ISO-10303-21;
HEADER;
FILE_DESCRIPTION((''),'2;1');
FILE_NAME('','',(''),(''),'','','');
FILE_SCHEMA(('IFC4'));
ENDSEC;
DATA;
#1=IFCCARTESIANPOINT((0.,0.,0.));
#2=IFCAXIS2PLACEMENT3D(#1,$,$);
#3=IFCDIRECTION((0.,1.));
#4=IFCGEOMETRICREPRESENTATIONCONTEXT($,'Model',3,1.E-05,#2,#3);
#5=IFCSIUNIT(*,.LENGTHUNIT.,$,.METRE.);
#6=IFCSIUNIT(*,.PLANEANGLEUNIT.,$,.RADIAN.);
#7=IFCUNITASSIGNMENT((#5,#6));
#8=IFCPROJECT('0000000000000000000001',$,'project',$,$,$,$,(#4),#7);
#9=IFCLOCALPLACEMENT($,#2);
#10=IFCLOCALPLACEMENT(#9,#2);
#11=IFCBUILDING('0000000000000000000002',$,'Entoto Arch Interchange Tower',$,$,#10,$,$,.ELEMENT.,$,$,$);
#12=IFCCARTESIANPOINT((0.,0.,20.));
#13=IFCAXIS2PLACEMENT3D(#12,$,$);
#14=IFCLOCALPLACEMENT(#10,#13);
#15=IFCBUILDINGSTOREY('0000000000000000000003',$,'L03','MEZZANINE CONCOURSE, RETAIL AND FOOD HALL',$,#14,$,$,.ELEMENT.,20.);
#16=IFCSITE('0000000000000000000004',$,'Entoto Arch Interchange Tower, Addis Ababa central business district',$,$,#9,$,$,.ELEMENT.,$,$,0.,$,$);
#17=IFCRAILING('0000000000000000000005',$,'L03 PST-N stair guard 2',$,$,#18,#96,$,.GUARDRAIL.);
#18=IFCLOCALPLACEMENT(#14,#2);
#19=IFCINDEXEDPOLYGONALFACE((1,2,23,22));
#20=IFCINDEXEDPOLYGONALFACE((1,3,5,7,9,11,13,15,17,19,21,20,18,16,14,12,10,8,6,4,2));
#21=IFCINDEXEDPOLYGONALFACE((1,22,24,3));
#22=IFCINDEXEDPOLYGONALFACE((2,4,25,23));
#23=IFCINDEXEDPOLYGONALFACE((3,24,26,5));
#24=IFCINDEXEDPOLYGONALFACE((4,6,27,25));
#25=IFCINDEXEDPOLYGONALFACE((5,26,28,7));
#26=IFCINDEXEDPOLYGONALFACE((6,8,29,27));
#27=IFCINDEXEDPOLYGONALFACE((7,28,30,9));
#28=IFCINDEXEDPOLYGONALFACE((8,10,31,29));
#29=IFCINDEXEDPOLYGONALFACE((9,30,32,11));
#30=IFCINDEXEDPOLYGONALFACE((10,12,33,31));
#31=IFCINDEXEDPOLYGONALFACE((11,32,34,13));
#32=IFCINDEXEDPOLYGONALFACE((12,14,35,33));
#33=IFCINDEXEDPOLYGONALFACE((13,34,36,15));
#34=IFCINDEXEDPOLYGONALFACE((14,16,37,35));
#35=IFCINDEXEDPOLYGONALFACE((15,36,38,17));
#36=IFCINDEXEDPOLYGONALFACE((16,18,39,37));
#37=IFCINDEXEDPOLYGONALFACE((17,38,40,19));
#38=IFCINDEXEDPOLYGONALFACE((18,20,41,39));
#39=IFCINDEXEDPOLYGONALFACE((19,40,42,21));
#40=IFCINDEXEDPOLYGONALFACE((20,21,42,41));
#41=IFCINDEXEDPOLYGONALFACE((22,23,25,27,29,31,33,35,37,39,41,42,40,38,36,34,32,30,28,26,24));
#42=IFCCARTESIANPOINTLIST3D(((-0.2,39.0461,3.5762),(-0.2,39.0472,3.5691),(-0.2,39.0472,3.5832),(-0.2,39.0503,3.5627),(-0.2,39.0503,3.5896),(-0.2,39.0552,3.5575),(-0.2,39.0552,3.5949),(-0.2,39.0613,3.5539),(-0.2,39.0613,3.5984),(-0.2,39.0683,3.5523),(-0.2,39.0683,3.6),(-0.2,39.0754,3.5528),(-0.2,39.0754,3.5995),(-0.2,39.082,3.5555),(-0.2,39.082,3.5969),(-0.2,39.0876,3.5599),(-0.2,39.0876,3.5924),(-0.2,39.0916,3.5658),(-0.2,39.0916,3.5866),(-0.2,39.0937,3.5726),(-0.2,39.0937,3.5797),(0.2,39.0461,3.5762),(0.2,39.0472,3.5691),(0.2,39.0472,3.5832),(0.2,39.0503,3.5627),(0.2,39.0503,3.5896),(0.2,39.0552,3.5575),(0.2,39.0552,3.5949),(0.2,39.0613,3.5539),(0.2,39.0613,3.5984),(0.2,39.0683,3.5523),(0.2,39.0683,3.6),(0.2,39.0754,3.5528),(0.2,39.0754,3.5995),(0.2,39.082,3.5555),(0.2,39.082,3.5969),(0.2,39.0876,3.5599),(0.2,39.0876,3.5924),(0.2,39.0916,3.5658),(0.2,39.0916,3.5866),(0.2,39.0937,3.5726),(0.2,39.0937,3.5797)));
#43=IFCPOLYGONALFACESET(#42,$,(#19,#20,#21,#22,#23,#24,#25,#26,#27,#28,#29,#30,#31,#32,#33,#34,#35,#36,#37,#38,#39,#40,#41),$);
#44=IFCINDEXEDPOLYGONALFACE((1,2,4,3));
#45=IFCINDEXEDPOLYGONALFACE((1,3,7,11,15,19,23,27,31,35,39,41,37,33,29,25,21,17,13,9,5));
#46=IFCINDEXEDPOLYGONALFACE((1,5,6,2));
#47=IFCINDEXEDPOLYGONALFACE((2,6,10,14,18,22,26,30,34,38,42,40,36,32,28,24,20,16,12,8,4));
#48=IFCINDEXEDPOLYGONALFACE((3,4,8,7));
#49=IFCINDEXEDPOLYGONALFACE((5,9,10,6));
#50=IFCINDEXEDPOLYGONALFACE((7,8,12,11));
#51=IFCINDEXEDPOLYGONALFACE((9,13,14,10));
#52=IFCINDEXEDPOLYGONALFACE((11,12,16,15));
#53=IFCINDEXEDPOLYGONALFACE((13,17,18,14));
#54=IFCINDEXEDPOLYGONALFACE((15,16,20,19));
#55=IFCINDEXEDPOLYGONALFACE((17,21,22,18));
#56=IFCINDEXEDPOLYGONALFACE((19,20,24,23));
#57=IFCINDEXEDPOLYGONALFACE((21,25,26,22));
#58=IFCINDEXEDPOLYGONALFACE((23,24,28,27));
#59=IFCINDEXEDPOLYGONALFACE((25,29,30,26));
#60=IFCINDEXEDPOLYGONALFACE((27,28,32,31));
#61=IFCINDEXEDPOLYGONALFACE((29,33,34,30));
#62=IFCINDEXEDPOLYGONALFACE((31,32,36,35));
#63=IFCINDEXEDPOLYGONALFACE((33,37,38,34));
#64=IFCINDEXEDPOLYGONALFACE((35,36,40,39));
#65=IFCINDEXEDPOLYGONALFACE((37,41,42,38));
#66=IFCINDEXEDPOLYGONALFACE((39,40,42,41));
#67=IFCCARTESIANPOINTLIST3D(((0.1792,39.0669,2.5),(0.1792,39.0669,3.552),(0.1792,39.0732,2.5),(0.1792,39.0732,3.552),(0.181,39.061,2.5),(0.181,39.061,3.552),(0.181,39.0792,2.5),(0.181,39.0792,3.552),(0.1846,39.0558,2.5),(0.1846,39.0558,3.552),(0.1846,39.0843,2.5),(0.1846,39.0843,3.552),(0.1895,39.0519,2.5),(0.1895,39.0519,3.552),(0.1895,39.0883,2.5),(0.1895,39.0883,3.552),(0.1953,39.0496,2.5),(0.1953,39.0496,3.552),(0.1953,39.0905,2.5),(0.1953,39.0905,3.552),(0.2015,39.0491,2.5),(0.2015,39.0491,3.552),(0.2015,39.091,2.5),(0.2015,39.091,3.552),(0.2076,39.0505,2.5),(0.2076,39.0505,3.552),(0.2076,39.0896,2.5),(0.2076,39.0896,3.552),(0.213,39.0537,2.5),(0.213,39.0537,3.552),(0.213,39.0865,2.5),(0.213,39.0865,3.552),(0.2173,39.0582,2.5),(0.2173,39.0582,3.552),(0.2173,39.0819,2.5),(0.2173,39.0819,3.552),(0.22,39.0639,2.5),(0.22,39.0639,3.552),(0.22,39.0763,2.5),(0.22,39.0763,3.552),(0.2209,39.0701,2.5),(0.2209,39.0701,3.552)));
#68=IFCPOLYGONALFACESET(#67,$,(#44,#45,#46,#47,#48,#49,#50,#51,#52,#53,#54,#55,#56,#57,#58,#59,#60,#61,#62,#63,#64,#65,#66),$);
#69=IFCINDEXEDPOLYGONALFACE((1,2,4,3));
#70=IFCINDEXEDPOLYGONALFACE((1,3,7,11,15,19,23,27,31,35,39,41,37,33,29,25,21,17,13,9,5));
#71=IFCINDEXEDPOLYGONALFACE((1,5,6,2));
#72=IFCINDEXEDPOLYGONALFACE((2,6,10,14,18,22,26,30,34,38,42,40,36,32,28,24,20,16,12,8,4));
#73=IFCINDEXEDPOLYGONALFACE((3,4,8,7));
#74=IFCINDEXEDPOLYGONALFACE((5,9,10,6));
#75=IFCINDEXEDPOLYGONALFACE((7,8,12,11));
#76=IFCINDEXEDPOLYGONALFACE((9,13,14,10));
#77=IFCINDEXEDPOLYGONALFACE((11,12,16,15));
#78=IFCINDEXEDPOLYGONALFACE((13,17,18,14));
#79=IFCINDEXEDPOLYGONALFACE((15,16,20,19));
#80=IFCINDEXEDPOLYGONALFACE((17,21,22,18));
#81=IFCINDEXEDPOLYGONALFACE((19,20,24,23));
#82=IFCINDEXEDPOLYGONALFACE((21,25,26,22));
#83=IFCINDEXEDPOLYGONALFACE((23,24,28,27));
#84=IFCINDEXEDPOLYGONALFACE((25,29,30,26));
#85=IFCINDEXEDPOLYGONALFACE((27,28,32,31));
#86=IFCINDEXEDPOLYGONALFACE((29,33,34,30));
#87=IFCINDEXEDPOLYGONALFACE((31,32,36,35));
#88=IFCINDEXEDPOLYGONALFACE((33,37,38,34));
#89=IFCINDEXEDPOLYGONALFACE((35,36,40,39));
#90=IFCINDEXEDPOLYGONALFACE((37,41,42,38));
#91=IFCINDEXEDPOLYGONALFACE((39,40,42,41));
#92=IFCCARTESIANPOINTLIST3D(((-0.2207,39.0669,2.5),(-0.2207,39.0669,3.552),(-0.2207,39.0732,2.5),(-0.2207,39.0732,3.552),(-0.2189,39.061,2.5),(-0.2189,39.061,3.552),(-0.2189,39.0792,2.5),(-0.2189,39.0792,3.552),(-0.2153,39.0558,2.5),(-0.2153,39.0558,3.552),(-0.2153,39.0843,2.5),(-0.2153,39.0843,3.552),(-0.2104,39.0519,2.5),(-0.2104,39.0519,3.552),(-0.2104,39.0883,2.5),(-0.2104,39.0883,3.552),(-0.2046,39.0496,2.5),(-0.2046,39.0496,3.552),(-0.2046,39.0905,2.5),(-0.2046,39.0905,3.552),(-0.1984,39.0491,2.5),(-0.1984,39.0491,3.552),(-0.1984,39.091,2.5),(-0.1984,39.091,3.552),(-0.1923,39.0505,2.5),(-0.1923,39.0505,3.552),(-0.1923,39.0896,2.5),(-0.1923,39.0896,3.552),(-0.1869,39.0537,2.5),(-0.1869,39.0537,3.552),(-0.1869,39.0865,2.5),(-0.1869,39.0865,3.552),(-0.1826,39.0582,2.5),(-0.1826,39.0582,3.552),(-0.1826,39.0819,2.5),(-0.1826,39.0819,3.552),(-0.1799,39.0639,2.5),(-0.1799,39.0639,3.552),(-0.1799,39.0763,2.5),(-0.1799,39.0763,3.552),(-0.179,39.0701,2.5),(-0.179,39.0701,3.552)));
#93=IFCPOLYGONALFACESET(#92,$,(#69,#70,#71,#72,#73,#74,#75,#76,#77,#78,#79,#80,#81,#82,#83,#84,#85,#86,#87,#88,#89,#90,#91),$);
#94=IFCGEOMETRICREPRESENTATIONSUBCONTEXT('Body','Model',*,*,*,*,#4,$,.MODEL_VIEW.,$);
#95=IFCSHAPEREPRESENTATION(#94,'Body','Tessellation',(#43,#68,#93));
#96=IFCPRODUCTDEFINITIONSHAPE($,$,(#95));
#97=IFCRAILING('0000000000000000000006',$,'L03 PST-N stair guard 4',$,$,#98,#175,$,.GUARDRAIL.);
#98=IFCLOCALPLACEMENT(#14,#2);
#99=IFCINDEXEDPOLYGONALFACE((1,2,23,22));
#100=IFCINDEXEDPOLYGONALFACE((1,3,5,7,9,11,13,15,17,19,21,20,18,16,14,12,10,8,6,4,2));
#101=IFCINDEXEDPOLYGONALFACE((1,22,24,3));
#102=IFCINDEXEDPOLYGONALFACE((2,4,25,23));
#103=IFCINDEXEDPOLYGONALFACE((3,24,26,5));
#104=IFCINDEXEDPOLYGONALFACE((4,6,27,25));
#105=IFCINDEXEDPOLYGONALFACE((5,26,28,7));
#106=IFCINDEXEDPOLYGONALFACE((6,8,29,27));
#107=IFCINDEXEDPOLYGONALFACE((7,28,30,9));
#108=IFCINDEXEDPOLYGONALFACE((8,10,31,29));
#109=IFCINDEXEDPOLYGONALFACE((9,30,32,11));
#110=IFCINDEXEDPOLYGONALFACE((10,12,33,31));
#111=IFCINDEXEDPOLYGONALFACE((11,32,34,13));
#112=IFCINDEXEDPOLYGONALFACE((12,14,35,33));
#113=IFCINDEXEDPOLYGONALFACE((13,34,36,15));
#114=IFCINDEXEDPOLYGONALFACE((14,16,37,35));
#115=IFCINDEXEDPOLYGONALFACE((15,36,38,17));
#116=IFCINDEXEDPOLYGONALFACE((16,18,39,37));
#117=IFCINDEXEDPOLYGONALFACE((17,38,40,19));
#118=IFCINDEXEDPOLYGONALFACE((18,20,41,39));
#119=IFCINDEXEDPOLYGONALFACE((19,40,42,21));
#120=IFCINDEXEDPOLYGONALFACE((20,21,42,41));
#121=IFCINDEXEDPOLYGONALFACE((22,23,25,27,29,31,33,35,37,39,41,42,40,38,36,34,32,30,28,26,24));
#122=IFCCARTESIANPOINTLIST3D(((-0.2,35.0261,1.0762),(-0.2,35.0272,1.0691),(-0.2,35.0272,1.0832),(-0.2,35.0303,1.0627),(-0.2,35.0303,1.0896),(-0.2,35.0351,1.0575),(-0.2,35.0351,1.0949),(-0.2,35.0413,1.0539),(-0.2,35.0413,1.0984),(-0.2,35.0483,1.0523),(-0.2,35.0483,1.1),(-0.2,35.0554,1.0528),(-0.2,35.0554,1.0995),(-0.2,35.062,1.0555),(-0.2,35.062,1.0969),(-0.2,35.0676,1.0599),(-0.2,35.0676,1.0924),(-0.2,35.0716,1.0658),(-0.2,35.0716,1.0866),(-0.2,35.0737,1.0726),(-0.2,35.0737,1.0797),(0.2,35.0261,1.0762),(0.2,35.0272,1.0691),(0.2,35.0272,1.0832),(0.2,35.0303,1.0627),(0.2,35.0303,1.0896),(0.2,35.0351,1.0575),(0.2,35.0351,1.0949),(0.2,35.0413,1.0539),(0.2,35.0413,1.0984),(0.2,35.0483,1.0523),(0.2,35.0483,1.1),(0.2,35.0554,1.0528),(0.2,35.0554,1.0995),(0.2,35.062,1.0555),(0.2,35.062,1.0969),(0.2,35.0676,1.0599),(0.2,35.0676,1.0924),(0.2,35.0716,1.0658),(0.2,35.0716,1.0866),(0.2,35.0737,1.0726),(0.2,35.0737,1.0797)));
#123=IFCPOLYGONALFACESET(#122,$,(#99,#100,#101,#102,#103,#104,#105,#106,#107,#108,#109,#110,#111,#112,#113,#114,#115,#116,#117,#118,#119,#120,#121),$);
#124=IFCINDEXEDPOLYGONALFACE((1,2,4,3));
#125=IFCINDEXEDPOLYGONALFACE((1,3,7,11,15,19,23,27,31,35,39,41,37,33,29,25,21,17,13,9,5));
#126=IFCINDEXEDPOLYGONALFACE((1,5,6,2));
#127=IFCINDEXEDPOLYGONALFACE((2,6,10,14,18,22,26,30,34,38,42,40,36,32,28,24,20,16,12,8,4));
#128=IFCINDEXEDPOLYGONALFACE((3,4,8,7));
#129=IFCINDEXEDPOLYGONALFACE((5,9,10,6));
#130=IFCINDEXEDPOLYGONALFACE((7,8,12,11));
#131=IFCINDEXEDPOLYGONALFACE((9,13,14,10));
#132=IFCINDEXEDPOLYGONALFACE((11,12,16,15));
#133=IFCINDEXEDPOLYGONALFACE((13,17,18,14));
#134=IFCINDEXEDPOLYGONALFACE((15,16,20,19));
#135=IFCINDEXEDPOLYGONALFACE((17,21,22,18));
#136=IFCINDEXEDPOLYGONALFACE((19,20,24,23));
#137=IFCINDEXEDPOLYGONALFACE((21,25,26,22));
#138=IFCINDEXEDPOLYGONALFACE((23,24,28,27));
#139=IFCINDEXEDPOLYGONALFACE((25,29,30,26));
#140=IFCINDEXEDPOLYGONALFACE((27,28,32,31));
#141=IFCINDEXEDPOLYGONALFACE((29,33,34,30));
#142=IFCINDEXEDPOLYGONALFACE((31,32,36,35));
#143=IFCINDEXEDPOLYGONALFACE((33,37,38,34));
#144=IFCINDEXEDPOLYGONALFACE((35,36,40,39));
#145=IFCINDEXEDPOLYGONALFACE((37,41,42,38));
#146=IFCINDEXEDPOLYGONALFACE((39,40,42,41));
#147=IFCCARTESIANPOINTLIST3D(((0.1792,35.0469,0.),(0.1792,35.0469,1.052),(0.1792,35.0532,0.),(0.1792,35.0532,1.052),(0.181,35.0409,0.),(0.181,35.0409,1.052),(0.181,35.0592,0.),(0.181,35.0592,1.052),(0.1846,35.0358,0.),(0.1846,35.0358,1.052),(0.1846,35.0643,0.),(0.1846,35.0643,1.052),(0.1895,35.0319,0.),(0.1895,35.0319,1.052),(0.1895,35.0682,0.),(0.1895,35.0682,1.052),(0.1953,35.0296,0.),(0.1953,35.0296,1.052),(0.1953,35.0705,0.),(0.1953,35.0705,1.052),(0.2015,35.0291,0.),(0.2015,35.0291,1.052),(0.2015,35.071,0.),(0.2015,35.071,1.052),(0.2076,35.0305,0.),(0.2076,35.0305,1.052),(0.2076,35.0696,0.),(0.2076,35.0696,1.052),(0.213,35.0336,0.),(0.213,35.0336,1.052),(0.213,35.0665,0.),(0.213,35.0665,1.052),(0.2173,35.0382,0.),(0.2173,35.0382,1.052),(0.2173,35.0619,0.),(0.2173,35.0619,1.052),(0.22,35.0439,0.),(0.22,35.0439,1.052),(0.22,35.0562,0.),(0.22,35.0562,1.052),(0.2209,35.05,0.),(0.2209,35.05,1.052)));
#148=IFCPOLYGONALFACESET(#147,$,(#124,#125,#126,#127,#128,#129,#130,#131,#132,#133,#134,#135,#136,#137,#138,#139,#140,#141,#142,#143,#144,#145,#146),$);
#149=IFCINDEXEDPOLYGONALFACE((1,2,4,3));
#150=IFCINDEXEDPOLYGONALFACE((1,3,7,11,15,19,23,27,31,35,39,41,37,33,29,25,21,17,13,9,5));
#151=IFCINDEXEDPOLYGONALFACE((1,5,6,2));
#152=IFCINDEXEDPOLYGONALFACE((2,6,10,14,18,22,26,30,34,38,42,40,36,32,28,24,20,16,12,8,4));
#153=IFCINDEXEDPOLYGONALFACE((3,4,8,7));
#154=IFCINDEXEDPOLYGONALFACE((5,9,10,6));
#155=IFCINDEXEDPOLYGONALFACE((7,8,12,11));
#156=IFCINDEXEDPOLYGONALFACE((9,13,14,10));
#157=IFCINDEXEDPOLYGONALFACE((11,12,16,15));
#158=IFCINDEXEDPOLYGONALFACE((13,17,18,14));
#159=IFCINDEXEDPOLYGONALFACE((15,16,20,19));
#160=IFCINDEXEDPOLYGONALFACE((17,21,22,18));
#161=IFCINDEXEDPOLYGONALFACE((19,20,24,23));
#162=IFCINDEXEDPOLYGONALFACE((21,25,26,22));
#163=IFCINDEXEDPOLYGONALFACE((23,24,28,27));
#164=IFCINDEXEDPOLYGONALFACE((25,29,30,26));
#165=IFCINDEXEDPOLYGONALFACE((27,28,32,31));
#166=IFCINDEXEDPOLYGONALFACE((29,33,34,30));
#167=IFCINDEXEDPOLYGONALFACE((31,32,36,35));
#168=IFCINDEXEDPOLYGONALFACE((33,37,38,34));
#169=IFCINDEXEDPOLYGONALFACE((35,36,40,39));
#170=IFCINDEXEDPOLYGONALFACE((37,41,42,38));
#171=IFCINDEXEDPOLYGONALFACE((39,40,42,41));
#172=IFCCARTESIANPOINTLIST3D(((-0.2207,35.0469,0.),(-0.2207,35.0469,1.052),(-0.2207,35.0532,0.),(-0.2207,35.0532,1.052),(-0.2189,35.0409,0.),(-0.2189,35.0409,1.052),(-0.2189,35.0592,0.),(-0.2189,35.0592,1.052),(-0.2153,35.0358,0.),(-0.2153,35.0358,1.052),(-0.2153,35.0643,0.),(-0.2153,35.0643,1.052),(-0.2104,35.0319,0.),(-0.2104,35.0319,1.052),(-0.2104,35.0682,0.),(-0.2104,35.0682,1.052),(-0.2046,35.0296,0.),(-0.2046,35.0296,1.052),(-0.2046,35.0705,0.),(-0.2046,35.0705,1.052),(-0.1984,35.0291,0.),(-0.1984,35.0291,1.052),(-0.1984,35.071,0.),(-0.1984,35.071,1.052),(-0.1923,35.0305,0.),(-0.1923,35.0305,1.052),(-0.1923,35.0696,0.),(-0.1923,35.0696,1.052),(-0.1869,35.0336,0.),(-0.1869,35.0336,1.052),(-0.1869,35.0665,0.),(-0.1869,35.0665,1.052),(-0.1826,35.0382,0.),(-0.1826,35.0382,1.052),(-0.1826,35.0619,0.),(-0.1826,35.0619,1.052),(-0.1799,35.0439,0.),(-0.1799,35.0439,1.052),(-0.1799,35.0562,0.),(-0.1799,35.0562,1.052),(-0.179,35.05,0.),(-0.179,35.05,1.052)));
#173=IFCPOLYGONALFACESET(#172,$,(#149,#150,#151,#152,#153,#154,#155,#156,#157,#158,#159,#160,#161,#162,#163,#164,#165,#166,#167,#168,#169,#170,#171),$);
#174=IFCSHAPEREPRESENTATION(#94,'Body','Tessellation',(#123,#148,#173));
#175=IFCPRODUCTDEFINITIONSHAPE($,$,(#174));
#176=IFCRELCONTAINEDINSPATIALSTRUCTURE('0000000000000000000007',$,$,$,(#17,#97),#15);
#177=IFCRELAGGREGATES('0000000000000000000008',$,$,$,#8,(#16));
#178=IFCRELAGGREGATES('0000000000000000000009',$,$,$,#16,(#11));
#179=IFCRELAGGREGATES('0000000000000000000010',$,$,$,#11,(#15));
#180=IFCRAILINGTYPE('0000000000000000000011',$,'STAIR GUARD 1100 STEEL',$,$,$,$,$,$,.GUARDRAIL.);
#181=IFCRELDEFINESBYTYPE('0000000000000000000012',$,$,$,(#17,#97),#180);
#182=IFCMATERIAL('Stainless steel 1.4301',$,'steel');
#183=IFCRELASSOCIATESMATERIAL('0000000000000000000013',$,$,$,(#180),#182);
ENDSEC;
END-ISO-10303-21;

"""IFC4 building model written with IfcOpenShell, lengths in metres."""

from ifc_helpers import new_model, si_unit, direction, frame, origin, origin_2d, place, context, subcontext, project, spatial, circle, extrude, material, type_object, element, save


model = new_model("IFC4")

# Units and contexts
model_context = context("Model", 3, precision=1e-05, world=origin(), true_north=direction((0.0, 1.0)))
body_context = subcontext(model_context, "Body", "Model", "MODEL_VIEW")
ifc_project = project(units=[si_unit("LENGTHUNIT", "METRE"), si_unit("PLANEANGLEUNIT", "RADIAN")], contexts=[model_context])

# Site, building, storey
site_placement = place(None, origin())
site = spatial("IfcSite", under=ifc_project, at=site_placement, Name="Entoto Arch Interchange Tower, Addis Ababa central business district", CompositionType="ELEMENT", RefElevation=0.0)
building_placement = place(site_placement, origin())
building = spatial("IfcBuilding", under=site, at=building_placement, Name="Entoto Arch Interchange Tower", CompositionType="ELEMENT")
storey_placement = place(building_placement, frame((0.0, 0.0, 20.0)))
storey = spatial("IfcBuildingStorey", under=building, at=storey_placement, Name="L03", Description="MEZZANINE CONCOURSE, RETAIL AND FOOD HALL", CompositionType="ELEMENT", Elevation=20.0)

# Railings
ifc_material_1 = material(Name="Stainless steel 1.4301", Category="steel")
railing_type_1 = type_object("IfcRailingType", Name="STAIR GUARD 1100 STEEL", PredefinedType="GUARDRAIL", material=ifc_material_1)
for number, where, name in (
    (1, (0.2, 39.0701, 2.5), "L03 PST-N stair guard 2"),
    (2, (0.2, 35.05, 0.0), "L03 PST-N stair guard 4"),
):
    element("IfcRailing", number, at=place(storey_placement, frame(where)), inside=storey, type_object=railing_type_1, Name=name, PredefinedType="GUARDRAIL", context=body_context, shape_type="SweptSolid", body=[
        extrude(circle(Radius=0.0239, at=origin_2d()), frame((0.0, 0.0, 1.0762), z_axis=(-1.0, 0.0, 0.0), x_axis=(0.0, -1.0, 0.0)), (0.0, 0.0, 1.0), 0.3999),
        extrude(circle(Radius=0.021, at=origin_2d()), origin(), (0.0, 0.0, 1.0), 1.052),
        extrude(circle(Radius=0.021, at=origin_2d()), frame((-0.3999, 0.0, 0.0)), (0.0, 0.0, 1.0), 1.052),
    ])

save(model, "model.ifc")
